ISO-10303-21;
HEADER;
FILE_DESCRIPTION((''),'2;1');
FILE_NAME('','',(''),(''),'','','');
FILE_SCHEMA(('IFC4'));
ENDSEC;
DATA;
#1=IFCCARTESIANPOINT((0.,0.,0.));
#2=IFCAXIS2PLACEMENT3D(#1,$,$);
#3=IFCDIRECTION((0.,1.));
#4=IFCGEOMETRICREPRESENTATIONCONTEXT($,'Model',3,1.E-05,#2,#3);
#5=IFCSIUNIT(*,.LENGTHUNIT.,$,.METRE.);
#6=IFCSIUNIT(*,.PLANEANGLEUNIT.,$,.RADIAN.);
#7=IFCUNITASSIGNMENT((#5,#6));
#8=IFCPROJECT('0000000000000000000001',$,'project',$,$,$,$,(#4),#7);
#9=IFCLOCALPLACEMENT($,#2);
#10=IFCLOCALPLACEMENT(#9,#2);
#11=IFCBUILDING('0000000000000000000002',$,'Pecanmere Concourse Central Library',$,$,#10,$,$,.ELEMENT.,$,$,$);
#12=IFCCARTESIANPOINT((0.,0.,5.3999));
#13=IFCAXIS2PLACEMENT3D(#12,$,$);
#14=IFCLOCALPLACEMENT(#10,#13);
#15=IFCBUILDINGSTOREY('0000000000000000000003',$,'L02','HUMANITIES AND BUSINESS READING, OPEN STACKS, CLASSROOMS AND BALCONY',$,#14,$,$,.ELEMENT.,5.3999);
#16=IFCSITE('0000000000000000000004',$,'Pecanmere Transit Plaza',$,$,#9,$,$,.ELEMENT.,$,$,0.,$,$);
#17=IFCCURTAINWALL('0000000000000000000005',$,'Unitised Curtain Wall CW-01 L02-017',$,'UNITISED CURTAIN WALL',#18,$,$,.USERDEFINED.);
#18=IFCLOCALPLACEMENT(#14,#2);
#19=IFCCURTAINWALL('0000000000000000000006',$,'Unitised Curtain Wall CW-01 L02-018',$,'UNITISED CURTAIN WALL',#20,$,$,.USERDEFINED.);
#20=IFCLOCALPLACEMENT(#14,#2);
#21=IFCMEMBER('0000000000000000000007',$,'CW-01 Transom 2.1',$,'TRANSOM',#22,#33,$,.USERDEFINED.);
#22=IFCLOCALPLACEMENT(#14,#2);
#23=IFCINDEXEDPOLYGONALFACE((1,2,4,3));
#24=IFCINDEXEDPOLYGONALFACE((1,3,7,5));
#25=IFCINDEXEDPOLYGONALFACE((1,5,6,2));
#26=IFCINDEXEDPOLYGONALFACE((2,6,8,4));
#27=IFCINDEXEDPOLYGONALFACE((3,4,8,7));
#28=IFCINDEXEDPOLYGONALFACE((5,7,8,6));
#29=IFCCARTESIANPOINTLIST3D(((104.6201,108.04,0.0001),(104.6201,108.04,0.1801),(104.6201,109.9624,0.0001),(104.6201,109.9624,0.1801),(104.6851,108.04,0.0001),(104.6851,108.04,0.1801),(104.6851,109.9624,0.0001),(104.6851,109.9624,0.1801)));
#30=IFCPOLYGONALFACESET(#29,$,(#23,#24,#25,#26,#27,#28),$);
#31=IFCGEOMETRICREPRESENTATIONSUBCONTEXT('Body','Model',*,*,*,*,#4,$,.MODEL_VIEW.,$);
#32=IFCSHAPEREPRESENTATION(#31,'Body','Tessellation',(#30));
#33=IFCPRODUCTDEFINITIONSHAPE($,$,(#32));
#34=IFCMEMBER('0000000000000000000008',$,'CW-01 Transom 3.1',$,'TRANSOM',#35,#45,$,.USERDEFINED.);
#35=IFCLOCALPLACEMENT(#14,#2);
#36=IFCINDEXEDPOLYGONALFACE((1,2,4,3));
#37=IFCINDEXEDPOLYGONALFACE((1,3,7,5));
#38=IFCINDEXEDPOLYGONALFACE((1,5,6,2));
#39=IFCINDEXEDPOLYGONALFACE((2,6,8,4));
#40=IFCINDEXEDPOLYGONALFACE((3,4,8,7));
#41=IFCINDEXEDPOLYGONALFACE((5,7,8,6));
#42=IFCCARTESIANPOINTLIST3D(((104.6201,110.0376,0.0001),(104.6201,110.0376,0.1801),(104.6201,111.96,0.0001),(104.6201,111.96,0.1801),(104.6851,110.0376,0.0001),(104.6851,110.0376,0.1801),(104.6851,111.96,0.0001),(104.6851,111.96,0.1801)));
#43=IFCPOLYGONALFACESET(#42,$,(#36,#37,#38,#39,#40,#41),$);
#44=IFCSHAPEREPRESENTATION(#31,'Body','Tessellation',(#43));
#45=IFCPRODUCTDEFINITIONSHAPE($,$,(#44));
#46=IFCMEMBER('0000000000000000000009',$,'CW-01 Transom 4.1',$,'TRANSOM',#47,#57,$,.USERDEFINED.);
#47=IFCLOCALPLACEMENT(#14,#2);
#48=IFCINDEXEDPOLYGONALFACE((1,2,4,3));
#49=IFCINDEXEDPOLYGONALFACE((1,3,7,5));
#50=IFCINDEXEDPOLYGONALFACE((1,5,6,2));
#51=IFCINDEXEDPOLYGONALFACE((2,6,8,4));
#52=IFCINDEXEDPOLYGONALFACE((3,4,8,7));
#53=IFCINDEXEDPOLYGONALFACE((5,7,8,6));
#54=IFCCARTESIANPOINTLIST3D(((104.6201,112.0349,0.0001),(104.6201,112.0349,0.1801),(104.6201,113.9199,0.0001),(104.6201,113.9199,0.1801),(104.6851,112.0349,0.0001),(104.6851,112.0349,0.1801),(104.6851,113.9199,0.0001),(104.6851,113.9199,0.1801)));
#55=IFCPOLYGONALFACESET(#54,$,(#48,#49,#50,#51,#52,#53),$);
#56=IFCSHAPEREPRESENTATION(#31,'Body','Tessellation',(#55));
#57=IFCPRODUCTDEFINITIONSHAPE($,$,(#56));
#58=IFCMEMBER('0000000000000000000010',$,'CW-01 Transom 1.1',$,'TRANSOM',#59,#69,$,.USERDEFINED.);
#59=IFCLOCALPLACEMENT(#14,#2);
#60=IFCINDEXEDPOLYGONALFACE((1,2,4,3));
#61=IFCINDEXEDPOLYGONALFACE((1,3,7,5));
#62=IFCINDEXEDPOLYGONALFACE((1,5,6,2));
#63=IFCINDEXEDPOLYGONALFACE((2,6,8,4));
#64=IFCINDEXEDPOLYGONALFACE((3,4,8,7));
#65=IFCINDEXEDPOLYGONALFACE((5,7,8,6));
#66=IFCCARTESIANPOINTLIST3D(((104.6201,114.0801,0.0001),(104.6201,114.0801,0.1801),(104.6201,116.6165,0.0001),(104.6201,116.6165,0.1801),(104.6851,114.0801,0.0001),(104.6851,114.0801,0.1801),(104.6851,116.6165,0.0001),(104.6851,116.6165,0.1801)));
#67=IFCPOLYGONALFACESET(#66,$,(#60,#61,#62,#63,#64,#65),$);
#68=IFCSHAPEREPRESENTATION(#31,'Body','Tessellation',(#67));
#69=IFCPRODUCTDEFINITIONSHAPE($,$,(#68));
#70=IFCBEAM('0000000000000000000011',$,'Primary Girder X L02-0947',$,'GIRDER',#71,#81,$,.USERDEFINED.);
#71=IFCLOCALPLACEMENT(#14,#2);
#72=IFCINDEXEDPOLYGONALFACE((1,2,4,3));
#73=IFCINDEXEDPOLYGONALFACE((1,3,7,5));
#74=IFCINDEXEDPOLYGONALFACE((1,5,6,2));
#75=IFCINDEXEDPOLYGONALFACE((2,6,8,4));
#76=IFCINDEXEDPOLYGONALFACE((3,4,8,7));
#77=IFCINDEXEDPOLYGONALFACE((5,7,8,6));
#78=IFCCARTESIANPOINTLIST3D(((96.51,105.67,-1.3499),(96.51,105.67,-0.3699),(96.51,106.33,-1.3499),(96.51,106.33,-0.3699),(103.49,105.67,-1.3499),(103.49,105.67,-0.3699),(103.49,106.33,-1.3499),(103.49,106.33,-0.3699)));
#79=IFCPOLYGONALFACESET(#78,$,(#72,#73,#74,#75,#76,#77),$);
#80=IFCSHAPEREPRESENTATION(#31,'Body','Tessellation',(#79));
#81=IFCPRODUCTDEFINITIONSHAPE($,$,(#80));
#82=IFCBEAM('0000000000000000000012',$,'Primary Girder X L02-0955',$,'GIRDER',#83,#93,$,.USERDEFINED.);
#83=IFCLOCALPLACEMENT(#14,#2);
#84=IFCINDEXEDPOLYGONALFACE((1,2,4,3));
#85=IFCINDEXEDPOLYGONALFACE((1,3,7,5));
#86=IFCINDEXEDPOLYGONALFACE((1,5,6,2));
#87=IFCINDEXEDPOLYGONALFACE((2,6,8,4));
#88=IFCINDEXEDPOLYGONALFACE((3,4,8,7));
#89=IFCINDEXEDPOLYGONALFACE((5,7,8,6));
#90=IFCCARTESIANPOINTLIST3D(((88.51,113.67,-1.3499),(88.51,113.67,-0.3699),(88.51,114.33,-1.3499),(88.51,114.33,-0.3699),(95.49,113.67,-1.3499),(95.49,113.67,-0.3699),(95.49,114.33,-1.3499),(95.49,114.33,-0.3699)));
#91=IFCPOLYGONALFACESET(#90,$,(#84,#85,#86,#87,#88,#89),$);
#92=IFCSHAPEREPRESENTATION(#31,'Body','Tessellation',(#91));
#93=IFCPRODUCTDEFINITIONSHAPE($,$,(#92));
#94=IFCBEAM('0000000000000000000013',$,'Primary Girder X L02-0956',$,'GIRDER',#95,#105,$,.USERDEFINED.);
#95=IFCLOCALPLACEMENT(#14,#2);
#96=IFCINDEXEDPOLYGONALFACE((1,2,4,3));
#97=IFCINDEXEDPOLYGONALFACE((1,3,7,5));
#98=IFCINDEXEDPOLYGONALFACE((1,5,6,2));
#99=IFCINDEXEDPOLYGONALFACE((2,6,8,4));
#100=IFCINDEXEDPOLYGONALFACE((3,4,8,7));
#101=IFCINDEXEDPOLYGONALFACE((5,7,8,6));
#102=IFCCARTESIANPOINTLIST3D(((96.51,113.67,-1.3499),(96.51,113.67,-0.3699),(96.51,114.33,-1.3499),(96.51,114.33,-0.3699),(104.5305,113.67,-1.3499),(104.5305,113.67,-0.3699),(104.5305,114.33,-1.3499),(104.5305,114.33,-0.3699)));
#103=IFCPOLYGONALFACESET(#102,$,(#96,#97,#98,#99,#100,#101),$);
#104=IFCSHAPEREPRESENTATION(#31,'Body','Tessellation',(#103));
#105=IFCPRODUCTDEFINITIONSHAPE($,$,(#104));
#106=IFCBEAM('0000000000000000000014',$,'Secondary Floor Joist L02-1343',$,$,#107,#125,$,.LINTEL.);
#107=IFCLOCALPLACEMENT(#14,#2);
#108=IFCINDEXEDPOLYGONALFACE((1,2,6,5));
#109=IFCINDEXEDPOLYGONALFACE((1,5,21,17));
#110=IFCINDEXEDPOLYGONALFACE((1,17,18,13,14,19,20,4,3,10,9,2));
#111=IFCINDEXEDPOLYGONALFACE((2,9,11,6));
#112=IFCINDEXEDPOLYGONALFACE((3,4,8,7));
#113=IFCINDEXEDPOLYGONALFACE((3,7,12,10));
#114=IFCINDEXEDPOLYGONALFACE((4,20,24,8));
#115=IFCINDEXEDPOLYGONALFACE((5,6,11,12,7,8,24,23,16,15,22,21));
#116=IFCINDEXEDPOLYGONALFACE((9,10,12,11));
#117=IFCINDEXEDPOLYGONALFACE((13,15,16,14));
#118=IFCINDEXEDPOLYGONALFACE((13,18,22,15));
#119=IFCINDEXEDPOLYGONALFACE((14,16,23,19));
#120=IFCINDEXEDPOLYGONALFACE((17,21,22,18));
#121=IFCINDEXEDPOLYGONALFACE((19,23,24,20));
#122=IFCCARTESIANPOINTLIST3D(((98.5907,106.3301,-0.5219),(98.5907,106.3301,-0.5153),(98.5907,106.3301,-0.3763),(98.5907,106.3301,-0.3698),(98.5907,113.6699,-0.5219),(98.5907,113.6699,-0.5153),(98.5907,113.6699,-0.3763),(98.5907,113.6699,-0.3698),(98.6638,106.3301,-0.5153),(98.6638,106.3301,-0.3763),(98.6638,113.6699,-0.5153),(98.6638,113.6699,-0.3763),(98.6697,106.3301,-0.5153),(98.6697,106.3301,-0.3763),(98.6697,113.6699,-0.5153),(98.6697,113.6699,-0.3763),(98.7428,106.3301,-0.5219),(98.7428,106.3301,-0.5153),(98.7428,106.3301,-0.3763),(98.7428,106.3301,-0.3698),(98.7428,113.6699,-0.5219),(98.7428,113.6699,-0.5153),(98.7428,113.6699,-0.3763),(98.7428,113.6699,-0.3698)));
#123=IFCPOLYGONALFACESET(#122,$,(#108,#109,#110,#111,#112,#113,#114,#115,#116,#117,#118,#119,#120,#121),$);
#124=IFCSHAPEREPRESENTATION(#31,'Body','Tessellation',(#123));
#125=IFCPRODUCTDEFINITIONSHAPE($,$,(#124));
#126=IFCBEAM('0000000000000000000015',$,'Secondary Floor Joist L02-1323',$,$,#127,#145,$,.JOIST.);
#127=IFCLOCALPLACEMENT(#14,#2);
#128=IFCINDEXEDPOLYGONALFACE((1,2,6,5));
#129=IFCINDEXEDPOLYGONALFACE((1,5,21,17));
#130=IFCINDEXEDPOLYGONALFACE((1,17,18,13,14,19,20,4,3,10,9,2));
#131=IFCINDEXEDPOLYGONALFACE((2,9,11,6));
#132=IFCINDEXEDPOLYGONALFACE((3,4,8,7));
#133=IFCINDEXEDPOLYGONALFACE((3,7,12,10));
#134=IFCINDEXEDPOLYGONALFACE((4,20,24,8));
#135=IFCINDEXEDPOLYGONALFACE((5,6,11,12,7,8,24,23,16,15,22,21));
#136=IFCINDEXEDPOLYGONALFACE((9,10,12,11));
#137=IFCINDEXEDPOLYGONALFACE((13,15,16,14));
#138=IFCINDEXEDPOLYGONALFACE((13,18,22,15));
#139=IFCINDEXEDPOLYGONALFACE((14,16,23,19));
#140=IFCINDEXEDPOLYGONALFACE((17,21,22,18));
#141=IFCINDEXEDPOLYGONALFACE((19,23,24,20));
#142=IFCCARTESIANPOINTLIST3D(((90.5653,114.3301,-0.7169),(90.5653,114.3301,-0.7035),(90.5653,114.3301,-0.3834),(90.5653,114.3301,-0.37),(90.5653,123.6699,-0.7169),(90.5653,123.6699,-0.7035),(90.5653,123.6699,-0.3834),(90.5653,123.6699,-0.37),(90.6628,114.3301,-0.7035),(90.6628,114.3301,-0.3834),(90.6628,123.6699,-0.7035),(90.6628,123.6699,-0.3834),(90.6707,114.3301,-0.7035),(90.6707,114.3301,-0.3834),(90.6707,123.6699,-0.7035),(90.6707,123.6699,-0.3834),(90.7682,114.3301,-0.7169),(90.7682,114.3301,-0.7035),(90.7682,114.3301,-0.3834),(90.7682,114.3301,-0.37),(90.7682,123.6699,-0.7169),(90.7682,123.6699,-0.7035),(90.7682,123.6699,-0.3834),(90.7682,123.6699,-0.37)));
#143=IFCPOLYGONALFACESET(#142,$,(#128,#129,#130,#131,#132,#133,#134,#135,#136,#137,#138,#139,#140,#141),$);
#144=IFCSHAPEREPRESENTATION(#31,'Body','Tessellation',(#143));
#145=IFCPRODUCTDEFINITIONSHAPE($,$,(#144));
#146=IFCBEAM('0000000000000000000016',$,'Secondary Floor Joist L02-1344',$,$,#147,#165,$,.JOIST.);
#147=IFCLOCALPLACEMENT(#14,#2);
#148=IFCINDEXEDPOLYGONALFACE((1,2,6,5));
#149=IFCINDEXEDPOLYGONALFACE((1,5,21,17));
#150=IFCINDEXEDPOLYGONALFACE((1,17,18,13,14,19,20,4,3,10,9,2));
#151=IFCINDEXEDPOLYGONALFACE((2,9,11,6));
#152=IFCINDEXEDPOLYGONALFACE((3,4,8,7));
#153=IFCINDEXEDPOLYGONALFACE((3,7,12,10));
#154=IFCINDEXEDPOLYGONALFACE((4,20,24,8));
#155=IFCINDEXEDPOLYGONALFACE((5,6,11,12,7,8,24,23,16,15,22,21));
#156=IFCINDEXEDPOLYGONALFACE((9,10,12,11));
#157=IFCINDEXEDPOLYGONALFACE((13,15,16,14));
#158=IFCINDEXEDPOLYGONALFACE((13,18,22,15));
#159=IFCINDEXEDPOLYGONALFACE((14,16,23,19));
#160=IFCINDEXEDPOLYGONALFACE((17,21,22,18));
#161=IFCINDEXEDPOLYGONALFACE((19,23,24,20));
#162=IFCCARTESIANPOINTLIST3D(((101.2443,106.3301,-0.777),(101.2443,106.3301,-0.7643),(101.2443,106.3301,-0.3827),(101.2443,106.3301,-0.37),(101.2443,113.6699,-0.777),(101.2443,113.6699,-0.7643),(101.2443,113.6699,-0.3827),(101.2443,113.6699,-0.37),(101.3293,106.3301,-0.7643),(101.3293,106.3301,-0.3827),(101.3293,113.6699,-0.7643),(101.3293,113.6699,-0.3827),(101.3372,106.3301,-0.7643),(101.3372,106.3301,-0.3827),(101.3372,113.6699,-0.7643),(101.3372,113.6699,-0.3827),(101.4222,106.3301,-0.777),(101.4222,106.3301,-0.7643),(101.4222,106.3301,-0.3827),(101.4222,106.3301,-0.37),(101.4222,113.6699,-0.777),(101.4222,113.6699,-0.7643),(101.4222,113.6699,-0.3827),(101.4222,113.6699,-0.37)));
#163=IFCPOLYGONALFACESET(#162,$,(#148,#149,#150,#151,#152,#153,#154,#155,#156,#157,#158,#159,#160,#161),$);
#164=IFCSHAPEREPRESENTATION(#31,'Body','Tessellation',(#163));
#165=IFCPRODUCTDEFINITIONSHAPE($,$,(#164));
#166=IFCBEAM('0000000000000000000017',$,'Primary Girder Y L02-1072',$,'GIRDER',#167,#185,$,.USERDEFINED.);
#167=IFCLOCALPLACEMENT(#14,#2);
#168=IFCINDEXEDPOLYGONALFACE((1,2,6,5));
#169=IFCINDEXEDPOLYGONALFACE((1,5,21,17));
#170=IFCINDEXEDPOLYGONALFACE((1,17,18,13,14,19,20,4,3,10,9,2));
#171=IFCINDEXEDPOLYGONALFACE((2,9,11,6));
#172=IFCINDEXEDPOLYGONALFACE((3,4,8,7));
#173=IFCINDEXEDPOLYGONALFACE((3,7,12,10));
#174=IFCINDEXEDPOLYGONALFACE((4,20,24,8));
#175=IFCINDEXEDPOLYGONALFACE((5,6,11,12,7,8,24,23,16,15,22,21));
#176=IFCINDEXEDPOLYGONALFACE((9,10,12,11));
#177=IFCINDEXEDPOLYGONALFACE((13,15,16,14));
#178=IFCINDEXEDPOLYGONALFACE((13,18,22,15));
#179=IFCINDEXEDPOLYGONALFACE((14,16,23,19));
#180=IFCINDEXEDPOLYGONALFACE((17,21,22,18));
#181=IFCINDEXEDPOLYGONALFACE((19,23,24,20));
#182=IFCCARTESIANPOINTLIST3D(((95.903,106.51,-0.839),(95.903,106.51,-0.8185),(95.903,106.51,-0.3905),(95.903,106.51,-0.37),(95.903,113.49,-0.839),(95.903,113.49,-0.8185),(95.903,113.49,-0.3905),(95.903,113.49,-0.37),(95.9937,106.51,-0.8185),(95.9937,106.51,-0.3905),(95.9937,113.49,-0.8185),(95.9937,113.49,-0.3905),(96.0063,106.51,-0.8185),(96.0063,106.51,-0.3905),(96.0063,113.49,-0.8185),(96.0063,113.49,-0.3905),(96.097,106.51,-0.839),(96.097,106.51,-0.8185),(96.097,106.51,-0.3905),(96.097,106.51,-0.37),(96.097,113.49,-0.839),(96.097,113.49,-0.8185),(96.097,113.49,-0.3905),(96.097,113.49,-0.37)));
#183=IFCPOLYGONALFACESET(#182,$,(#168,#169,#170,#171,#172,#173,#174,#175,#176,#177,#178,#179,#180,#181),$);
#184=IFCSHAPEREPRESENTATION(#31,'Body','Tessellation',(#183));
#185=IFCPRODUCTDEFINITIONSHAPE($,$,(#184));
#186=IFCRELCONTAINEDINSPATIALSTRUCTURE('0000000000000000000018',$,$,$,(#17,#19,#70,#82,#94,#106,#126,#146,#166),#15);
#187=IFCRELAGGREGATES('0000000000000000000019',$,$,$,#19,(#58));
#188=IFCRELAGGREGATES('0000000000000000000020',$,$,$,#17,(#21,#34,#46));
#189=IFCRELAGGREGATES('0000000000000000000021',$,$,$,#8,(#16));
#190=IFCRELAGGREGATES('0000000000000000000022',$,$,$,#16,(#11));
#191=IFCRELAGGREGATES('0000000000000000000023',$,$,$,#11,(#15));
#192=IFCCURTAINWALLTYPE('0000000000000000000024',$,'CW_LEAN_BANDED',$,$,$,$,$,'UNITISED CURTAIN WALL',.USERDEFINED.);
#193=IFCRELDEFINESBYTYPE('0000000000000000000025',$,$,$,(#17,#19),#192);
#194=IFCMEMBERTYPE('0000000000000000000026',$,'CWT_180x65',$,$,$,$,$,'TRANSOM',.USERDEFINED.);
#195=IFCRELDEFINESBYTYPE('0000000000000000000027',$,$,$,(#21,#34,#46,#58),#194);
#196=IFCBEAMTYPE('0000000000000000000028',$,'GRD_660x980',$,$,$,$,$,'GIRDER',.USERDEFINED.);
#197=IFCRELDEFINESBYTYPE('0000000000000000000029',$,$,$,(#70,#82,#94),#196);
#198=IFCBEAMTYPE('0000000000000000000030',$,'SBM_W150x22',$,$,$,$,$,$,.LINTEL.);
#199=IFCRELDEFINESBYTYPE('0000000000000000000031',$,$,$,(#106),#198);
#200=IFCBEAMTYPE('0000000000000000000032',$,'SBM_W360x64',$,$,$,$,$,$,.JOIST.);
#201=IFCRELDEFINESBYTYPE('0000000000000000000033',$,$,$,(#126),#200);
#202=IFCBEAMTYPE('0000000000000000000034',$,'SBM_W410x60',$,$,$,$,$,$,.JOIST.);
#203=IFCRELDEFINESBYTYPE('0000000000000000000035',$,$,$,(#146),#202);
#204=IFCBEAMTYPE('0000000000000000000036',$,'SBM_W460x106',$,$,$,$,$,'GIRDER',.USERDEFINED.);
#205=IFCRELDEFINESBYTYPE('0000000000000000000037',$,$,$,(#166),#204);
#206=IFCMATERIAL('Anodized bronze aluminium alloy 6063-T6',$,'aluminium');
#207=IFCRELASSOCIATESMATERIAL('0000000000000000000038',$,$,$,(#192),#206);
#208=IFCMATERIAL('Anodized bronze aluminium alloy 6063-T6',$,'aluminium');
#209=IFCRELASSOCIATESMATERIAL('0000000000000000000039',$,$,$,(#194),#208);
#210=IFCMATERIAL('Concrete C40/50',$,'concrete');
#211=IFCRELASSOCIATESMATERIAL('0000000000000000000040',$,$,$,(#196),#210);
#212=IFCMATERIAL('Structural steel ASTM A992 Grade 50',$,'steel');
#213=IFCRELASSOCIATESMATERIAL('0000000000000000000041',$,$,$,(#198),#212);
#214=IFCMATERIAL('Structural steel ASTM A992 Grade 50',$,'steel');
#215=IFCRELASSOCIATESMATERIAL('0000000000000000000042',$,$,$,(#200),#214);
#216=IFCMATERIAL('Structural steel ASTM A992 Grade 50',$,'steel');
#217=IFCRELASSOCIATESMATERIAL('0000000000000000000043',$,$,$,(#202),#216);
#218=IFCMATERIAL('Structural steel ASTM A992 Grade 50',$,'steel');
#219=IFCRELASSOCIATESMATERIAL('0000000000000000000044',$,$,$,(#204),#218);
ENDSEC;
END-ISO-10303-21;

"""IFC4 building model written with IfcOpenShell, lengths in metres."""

from ifc_helpers import new_model, si_unit, direction, frame, origin, origin_2d, place, context, subcontext, project, spatial, rectangle, i_section, extrude, material, material_profile, profile_set, type_object, element, aggregate, save


model = new_model("IFC4")

# Units and contexts
model_context = context("Model", 3, precision=1e-05, world=origin(), true_north=direction((0.0, 1.0)))
body_context = subcontext(model_context, "Body", "Model", "MODEL_VIEW")
ifc_project = project(units=[si_unit("LENGTHUNIT", "METRE"), si_unit("PLANEANGLEUNIT", "RADIAN")], contexts=[model_context])

# Site, building, storey
site_placement = place(None, origin())
site = spatial("IfcSite", under=ifc_project, at=site_placement, Name="Pecanmere Transit Plaza", CompositionType="ELEMENT", RefElevation=0.0)
building_placement = place(site_placement, origin())
building = spatial("IfcBuilding", under=site, at=building_placement, Name="Pecanmere Concourse Central Library", CompositionType="ELEMENT")
storey_placement = place(building_placement, frame((0.0, 0.0, 5.3999)))
storey = spatial("IfcBuildingStorey", under=building, at=storey_placement, Name="L02", Description="HUMANITIES AND BUSINESS READING, OPEN STACKS, CLASSROOMS AND BALCONY", CompositionType="ELEMENT", Elevation=5.3999)

# Curtain wall
ifc_material_1 = material(Name="Anodized bronze aluminium alloy 6063-T6", Category="aluminium")
curtain_wall_type = type_object("IfcCurtainWallType", Name="CW_LEAN_BANDED", ElementType="UNITISED CURTAIN WALL", PredefinedType="USERDEFINED", material=ifc_material_1)
curtain_wall_1_placement = place(storey_placement, origin())
curtain_wall_1 = element("IfcCurtainWall", 1, at=curtain_wall_1_placement, inside=storey, type_object=curtain_wall_type, Name="Unitised Curtain Wall CW-01 L02-017", ObjectType="UNITISED CURTAIN WALL", PredefinedType="USERDEFINED")

# Curtain wall
curtain_wall_2_placement = place(storey_placement, origin())
curtain_wall_2 = element("IfcCurtainWall", 2, at=curtain_wall_2_placement, inside=storey, type_object=curtain_wall_type, Name="Unitised Curtain Wall CW-01 L02-018", ObjectType="UNITISED CURTAIN WALL", PredefinedType="USERDEFINED")

# Members
ifc_material_2 = material(Name="Anodized bronze aluminium alloy 6063-T6", Category="aluminium")
ifc_material_profile_1 = material_profile(ifc_material_2, rectangle(XDim=0.0649, YDim=0.1799, at=origin_2d()), Name="AL 65x180")
ifc_profile_set_1 = profile_set([ifc_material_profile_1], Name="Anodized bronze aluminium alloy 6063-T6")
member_type_1 = type_object("IfcMemberType", Name="CWT_180x65", ElementType="TRANSOM", PredefinedType="USERDEFINED", material=ifc_profile_set_1)
member_1_placement = place(storey_placement, frame((104.6526, 108.04, 0.0901), z_axis=(0.0, 1.0, 0.0), x_axis=(-1.0, 0.0, 0.0)))
member_1 = element("IfcMember", 3, at=member_1_placement, type_object=member_type_1, Name="CW-01 Transom 2.1", ObjectType="TRANSOM", PredefinedType="USERDEFINED", context=body_context, shape_type="SweptSolid", body=[
    extrude(rectangle(XDim=0.0649, YDim=0.1799, at=origin_2d()), origin(), (0.0, 0.0, 1.0), 1.9224),
])
member_2_placement = place(storey_placement, frame((104.6526, 110.0376, 0.0901), z_axis=(0.0, 1.0, 0.0), x_axis=(-1.0, 0.0, 0.0)))
member_2 = element("IfcMember", 4, at=member_2_placement, type_object=member_type_1, Name="CW-01 Transom 3.1", ObjectType="TRANSOM", PredefinedType="USERDEFINED", context=body_context, shape_type="SweptSolid", body=[
    extrude(rectangle(XDim=0.0649, YDim=0.1799, at=origin_2d()), origin(), (0.0, 0.0, 1.0), 1.9224),
])
member_3_placement = place(storey_placement, frame((104.6526, 112.0349, 0.0901), z_axis=(0.0, 1.0, 0.0), x_axis=(-1.0, 0.0, 0.0)))
member_3 = element("IfcMember", 5, at=member_3_placement, type_object=member_type_1, Name="CW-01 Transom 4.1", ObjectType="TRANSOM", PredefinedType="USERDEFINED", context=body_context, shape_type="SweptSolid", body=[
    extrude(rectangle(XDim=0.0649, YDim=0.1799, at=origin_2d()), origin(), (0.0, 0.0, 1.0), 1.885),
])
member_4_placement = place(storey_placement, frame((104.6526, 114.0801, 0.0901), z_axis=(0.0, 1.0, 0.0), x_axis=(-1.0, 0.0, 0.0)))
member_4 = element("IfcMember", 6, at=member_4_placement, type_object=member_type_1, Name="CW-01 Transom 1.1", ObjectType="TRANSOM", PredefinedType="USERDEFINED", context=body_context, shape_type="SweptSolid", body=[
    extrude(rectangle(XDim=0.0649, YDim=0.1799, at=origin_2d()), origin(), (0.0, 0.0, 1.0), 2.5364),
])
aggregate(curtain_wall_2, [member_4])

# Beams
ifc_material_3 = material(Name="Concrete C40/50", Category="concrete")
ifc_material_profile_2 = material_profile(ifc_material_3, rectangle(XDim=0.6599, YDim=0.98, at=origin_2d()), Name="RC 660x980")
ifc_profile_set_2 = profile_set([ifc_material_profile_2], Name="Concrete C40/50")
beam_type_1 = type_object("IfcBeamType", Name="GRD_660x980", ElementType="GIRDER", PredefinedType="USERDEFINED", material=ifc_profile_set_2)
for number, where, z_axis, x_axis, name in (
    (7, (96.51, 106.0, -0.8599), (1.0, 0.0, 0.0), (0.0, 1.0, 0.0), "Primary Girder X L02-0947"),
    (8, (88.51, 114.0, -0.8599), (1.0, 0.0, 0.0), (0.0, 1.0, 0.0), "Primary Girder X L02-0955"),
):
    element("IfcBeam", number, at=place(storey_placement, frame(where, z_axis=z_axis, x_axis=x_axis)), inside=storey, type_object=beam_type_1, Name=name, ObjectType="GIRDER", PredefinedType="USERDEFINED", context=body_context, shape_type="SweptSolid", body=[
        extrude(rectangle(XDim=0.6599, YDim=0.98, at=origin_2d()), origin(), (0.0, 0.0, 1.0), 6.98),
    ])
beam_1_placement = place(storey_placement, frame((96.51, 114.0, -0.8599), z_axis=(1.0, 0.0, 0.0), x_axis=(0.0, 1.0, 0.0)))
element("IfcBeam", 9, at=beam_1_placement, inside=storey, type_object=beam_type_1, Name="Primary Girder X L02-0956", ObjectType="GIRDER", PredefinedType="USERDEFINED", context=body_context, shape_type="SweptSolid", body=[
    extrude(rectangle(XDim=0.6599, YDim=0.98, at=origin_2d()), origin(), (0.0, 0.0, 1.0), 8.0205),
])
ifc_material_4 = material(Name="Structural steel ASTM A992 Grade 50", Category="steel")
ifc_material_profile_3 = material_profile(ifc_material_4, i_section(OverallWidth=0.1521, OverallDepth=0.1521, WebThickness=0.0059, FlangeThickness=0.0066, at=origin_2d()), Name="W150x22.5")
ifc_profile_set_3 = profile_set([ifc_material_profile_3], Name="Structural steel ASTM A992 Grade 50")
beam_type_2 = type_object("IfcBeamType", Name="SBM_W150x22", PredefinedType="LINTEL", material=ifc_profile_set_3)
beam_2_placement = place(storey_placement, frame((98.6667, 106.3301, -0.4458), z_axis=(0.0, 1.0, 0.0), x_axis=(-1.0, 0.0, 0.0)))
element("IfcBeam", 10, at=beam_2_placement, inside=storey, type_object=beam_type_2, Name="Secondary Floor Joist L02-1343", PredefinedType="LINTEL", context=body_context, shape_type="SweptSolid", body=[
    extrude(i_section(OverallWidth=0.1521, OverallDepth=0.1521, WebThickness=0.0059, FlangeThickness=0.0066, at=origin_2d()), origin(), (0.0, 0.0, 1.0), 7.3398),
])
ifc_material_5 = material(Name="Structural steel ASTM A992 Grade 50", Category="steel")
ifc_material_profile_4 = material_profile(ifc_material_5, i_section(OverallWidth=0.2029, OverallDepth=0.3469, WebThickness=0.0078, FlangeThickness=0.0134, at=origin_2d()), Name="W360x64")
ifc_profile_set_4 = profile_set([ifc_material_profile_4], Name="Structural steel ASTM A992 Grade 50")
beam_type_3 = type_object("IfcBeamType", Name="SBM_W360x64", PredefinedType="JOIST", material=ifc_profile_set_4)
beam_3_placement = place(storey_placement, frame((90.6667, 114.3301, -0.5435), z_axis=(0.0, 1.0, 0.0), x_axis=(-1.0, 0.0, 0.0)))
element("IfcBeam", 11, at=beam_3_placement, inside=storey, type_object=beam_type_3, Name="Secondary Floor Joist L02-1323", PredefinedType="JOIST", context=body_context, shape_type="SweptSolid", body=[
    extrude(i_section(OverallWidth=0.2029, OverallDepth=0.3469, WebThickness=0.0078, FlangeThickness=0.0134, at=origin_2d()), origin(), (0.0, 0.0, 1.0), 9.3398),
])
ifc_material_6 = material(Name="Structural steel ASTM A992 Grade 50", Category="steel")
ifc_material_profile_5 = material_profile(ifc_material_6, i_section(OverallWidth=0.178, OverallDepth=0.407, WebThickness=0.0078, FlangeThickness=0.0127, at=origin_2d()), Name="W410x60")
ifc_profile_set_5 = profile_set([ifc_material_profile_5], Name="Structural steel ASTM A992 Grade 50")
beam_type_4 = type_object("IfcBeamType", Name="SBM_W410x60", PredefinedType="JOIST", material=ifc_profile_set_5)
beam_4_placement = place(storey_placement, frame((101.3333, 106.3301, -0.5735), z_axis=(0.0, 1.0, 0.0), x_axis=(-1.0, 0.0, 0.0)))
element("IfcBeam", 12, at=beam_4_placement, inside=storey, type_object=beam_type_4, Name="Secondary Floor Joist L02-1344", PredefinedType="JOIST", context=body_context, shape_type="SweptSolid", body=[
    extrude(i_section(OverallWidth=0.178, OverallDepth=0.407, WebThickness=0.0078, FlangeThickness=0.0127, at=origin_2d()), origin(), (0.0, 0.0, 1.0), 7.3398),
])
ifc_material_7 = material(Name="Structural steel ASTM A992 Grade 50", Category="steel")
ifc_material_profile_6 = material_profile(ifc_material_7, i_section(OverallWidth=0.1941, OverallDepth=0.469, WebThickness=0.0127, FlangeThickness=0.0205, at=origin_2d()), Name="W460x106")
ifc_profile_set_6 = profile_set([ifc_material_profile_6], Name="Structural steel ASTM A992 Grade 50")
beam_type_5 = type_object("IfcBeamType", Name="SBM_W460x106", ElementType="GIRDER", PredefinedType="USERDEFINED", material=ifc_profile_set_6)
beam_5_placement = place(storey_placement, frame((96.0, 106.51, -0.6045), z_axis=(0.0, 1.0, 0.0), x_axis=(-1.0, 0.0, 0.0)))
element("IfcBeam", 13, at=beam_5_placement, inside=storey, type_object=beam_type_5, Name="Primary Girder Y L02-1072", ObjectType="GIRDER", PredefinedType="USERDEFINED", context=body_context, shape_type="SweptSolid", body=[
    extrude(i_section(OverallWidth=0.1941, OverallDepth=0.469, WebThickness=0.0127, FlangeThickness=0.0205, at=origin_2d()), origin(), (0.0, 0.0, 1.0), 6.98),
])

aggregate(curtain_wall_1, [member_1, member_2, member_3])

save(model, "model.ifc")
